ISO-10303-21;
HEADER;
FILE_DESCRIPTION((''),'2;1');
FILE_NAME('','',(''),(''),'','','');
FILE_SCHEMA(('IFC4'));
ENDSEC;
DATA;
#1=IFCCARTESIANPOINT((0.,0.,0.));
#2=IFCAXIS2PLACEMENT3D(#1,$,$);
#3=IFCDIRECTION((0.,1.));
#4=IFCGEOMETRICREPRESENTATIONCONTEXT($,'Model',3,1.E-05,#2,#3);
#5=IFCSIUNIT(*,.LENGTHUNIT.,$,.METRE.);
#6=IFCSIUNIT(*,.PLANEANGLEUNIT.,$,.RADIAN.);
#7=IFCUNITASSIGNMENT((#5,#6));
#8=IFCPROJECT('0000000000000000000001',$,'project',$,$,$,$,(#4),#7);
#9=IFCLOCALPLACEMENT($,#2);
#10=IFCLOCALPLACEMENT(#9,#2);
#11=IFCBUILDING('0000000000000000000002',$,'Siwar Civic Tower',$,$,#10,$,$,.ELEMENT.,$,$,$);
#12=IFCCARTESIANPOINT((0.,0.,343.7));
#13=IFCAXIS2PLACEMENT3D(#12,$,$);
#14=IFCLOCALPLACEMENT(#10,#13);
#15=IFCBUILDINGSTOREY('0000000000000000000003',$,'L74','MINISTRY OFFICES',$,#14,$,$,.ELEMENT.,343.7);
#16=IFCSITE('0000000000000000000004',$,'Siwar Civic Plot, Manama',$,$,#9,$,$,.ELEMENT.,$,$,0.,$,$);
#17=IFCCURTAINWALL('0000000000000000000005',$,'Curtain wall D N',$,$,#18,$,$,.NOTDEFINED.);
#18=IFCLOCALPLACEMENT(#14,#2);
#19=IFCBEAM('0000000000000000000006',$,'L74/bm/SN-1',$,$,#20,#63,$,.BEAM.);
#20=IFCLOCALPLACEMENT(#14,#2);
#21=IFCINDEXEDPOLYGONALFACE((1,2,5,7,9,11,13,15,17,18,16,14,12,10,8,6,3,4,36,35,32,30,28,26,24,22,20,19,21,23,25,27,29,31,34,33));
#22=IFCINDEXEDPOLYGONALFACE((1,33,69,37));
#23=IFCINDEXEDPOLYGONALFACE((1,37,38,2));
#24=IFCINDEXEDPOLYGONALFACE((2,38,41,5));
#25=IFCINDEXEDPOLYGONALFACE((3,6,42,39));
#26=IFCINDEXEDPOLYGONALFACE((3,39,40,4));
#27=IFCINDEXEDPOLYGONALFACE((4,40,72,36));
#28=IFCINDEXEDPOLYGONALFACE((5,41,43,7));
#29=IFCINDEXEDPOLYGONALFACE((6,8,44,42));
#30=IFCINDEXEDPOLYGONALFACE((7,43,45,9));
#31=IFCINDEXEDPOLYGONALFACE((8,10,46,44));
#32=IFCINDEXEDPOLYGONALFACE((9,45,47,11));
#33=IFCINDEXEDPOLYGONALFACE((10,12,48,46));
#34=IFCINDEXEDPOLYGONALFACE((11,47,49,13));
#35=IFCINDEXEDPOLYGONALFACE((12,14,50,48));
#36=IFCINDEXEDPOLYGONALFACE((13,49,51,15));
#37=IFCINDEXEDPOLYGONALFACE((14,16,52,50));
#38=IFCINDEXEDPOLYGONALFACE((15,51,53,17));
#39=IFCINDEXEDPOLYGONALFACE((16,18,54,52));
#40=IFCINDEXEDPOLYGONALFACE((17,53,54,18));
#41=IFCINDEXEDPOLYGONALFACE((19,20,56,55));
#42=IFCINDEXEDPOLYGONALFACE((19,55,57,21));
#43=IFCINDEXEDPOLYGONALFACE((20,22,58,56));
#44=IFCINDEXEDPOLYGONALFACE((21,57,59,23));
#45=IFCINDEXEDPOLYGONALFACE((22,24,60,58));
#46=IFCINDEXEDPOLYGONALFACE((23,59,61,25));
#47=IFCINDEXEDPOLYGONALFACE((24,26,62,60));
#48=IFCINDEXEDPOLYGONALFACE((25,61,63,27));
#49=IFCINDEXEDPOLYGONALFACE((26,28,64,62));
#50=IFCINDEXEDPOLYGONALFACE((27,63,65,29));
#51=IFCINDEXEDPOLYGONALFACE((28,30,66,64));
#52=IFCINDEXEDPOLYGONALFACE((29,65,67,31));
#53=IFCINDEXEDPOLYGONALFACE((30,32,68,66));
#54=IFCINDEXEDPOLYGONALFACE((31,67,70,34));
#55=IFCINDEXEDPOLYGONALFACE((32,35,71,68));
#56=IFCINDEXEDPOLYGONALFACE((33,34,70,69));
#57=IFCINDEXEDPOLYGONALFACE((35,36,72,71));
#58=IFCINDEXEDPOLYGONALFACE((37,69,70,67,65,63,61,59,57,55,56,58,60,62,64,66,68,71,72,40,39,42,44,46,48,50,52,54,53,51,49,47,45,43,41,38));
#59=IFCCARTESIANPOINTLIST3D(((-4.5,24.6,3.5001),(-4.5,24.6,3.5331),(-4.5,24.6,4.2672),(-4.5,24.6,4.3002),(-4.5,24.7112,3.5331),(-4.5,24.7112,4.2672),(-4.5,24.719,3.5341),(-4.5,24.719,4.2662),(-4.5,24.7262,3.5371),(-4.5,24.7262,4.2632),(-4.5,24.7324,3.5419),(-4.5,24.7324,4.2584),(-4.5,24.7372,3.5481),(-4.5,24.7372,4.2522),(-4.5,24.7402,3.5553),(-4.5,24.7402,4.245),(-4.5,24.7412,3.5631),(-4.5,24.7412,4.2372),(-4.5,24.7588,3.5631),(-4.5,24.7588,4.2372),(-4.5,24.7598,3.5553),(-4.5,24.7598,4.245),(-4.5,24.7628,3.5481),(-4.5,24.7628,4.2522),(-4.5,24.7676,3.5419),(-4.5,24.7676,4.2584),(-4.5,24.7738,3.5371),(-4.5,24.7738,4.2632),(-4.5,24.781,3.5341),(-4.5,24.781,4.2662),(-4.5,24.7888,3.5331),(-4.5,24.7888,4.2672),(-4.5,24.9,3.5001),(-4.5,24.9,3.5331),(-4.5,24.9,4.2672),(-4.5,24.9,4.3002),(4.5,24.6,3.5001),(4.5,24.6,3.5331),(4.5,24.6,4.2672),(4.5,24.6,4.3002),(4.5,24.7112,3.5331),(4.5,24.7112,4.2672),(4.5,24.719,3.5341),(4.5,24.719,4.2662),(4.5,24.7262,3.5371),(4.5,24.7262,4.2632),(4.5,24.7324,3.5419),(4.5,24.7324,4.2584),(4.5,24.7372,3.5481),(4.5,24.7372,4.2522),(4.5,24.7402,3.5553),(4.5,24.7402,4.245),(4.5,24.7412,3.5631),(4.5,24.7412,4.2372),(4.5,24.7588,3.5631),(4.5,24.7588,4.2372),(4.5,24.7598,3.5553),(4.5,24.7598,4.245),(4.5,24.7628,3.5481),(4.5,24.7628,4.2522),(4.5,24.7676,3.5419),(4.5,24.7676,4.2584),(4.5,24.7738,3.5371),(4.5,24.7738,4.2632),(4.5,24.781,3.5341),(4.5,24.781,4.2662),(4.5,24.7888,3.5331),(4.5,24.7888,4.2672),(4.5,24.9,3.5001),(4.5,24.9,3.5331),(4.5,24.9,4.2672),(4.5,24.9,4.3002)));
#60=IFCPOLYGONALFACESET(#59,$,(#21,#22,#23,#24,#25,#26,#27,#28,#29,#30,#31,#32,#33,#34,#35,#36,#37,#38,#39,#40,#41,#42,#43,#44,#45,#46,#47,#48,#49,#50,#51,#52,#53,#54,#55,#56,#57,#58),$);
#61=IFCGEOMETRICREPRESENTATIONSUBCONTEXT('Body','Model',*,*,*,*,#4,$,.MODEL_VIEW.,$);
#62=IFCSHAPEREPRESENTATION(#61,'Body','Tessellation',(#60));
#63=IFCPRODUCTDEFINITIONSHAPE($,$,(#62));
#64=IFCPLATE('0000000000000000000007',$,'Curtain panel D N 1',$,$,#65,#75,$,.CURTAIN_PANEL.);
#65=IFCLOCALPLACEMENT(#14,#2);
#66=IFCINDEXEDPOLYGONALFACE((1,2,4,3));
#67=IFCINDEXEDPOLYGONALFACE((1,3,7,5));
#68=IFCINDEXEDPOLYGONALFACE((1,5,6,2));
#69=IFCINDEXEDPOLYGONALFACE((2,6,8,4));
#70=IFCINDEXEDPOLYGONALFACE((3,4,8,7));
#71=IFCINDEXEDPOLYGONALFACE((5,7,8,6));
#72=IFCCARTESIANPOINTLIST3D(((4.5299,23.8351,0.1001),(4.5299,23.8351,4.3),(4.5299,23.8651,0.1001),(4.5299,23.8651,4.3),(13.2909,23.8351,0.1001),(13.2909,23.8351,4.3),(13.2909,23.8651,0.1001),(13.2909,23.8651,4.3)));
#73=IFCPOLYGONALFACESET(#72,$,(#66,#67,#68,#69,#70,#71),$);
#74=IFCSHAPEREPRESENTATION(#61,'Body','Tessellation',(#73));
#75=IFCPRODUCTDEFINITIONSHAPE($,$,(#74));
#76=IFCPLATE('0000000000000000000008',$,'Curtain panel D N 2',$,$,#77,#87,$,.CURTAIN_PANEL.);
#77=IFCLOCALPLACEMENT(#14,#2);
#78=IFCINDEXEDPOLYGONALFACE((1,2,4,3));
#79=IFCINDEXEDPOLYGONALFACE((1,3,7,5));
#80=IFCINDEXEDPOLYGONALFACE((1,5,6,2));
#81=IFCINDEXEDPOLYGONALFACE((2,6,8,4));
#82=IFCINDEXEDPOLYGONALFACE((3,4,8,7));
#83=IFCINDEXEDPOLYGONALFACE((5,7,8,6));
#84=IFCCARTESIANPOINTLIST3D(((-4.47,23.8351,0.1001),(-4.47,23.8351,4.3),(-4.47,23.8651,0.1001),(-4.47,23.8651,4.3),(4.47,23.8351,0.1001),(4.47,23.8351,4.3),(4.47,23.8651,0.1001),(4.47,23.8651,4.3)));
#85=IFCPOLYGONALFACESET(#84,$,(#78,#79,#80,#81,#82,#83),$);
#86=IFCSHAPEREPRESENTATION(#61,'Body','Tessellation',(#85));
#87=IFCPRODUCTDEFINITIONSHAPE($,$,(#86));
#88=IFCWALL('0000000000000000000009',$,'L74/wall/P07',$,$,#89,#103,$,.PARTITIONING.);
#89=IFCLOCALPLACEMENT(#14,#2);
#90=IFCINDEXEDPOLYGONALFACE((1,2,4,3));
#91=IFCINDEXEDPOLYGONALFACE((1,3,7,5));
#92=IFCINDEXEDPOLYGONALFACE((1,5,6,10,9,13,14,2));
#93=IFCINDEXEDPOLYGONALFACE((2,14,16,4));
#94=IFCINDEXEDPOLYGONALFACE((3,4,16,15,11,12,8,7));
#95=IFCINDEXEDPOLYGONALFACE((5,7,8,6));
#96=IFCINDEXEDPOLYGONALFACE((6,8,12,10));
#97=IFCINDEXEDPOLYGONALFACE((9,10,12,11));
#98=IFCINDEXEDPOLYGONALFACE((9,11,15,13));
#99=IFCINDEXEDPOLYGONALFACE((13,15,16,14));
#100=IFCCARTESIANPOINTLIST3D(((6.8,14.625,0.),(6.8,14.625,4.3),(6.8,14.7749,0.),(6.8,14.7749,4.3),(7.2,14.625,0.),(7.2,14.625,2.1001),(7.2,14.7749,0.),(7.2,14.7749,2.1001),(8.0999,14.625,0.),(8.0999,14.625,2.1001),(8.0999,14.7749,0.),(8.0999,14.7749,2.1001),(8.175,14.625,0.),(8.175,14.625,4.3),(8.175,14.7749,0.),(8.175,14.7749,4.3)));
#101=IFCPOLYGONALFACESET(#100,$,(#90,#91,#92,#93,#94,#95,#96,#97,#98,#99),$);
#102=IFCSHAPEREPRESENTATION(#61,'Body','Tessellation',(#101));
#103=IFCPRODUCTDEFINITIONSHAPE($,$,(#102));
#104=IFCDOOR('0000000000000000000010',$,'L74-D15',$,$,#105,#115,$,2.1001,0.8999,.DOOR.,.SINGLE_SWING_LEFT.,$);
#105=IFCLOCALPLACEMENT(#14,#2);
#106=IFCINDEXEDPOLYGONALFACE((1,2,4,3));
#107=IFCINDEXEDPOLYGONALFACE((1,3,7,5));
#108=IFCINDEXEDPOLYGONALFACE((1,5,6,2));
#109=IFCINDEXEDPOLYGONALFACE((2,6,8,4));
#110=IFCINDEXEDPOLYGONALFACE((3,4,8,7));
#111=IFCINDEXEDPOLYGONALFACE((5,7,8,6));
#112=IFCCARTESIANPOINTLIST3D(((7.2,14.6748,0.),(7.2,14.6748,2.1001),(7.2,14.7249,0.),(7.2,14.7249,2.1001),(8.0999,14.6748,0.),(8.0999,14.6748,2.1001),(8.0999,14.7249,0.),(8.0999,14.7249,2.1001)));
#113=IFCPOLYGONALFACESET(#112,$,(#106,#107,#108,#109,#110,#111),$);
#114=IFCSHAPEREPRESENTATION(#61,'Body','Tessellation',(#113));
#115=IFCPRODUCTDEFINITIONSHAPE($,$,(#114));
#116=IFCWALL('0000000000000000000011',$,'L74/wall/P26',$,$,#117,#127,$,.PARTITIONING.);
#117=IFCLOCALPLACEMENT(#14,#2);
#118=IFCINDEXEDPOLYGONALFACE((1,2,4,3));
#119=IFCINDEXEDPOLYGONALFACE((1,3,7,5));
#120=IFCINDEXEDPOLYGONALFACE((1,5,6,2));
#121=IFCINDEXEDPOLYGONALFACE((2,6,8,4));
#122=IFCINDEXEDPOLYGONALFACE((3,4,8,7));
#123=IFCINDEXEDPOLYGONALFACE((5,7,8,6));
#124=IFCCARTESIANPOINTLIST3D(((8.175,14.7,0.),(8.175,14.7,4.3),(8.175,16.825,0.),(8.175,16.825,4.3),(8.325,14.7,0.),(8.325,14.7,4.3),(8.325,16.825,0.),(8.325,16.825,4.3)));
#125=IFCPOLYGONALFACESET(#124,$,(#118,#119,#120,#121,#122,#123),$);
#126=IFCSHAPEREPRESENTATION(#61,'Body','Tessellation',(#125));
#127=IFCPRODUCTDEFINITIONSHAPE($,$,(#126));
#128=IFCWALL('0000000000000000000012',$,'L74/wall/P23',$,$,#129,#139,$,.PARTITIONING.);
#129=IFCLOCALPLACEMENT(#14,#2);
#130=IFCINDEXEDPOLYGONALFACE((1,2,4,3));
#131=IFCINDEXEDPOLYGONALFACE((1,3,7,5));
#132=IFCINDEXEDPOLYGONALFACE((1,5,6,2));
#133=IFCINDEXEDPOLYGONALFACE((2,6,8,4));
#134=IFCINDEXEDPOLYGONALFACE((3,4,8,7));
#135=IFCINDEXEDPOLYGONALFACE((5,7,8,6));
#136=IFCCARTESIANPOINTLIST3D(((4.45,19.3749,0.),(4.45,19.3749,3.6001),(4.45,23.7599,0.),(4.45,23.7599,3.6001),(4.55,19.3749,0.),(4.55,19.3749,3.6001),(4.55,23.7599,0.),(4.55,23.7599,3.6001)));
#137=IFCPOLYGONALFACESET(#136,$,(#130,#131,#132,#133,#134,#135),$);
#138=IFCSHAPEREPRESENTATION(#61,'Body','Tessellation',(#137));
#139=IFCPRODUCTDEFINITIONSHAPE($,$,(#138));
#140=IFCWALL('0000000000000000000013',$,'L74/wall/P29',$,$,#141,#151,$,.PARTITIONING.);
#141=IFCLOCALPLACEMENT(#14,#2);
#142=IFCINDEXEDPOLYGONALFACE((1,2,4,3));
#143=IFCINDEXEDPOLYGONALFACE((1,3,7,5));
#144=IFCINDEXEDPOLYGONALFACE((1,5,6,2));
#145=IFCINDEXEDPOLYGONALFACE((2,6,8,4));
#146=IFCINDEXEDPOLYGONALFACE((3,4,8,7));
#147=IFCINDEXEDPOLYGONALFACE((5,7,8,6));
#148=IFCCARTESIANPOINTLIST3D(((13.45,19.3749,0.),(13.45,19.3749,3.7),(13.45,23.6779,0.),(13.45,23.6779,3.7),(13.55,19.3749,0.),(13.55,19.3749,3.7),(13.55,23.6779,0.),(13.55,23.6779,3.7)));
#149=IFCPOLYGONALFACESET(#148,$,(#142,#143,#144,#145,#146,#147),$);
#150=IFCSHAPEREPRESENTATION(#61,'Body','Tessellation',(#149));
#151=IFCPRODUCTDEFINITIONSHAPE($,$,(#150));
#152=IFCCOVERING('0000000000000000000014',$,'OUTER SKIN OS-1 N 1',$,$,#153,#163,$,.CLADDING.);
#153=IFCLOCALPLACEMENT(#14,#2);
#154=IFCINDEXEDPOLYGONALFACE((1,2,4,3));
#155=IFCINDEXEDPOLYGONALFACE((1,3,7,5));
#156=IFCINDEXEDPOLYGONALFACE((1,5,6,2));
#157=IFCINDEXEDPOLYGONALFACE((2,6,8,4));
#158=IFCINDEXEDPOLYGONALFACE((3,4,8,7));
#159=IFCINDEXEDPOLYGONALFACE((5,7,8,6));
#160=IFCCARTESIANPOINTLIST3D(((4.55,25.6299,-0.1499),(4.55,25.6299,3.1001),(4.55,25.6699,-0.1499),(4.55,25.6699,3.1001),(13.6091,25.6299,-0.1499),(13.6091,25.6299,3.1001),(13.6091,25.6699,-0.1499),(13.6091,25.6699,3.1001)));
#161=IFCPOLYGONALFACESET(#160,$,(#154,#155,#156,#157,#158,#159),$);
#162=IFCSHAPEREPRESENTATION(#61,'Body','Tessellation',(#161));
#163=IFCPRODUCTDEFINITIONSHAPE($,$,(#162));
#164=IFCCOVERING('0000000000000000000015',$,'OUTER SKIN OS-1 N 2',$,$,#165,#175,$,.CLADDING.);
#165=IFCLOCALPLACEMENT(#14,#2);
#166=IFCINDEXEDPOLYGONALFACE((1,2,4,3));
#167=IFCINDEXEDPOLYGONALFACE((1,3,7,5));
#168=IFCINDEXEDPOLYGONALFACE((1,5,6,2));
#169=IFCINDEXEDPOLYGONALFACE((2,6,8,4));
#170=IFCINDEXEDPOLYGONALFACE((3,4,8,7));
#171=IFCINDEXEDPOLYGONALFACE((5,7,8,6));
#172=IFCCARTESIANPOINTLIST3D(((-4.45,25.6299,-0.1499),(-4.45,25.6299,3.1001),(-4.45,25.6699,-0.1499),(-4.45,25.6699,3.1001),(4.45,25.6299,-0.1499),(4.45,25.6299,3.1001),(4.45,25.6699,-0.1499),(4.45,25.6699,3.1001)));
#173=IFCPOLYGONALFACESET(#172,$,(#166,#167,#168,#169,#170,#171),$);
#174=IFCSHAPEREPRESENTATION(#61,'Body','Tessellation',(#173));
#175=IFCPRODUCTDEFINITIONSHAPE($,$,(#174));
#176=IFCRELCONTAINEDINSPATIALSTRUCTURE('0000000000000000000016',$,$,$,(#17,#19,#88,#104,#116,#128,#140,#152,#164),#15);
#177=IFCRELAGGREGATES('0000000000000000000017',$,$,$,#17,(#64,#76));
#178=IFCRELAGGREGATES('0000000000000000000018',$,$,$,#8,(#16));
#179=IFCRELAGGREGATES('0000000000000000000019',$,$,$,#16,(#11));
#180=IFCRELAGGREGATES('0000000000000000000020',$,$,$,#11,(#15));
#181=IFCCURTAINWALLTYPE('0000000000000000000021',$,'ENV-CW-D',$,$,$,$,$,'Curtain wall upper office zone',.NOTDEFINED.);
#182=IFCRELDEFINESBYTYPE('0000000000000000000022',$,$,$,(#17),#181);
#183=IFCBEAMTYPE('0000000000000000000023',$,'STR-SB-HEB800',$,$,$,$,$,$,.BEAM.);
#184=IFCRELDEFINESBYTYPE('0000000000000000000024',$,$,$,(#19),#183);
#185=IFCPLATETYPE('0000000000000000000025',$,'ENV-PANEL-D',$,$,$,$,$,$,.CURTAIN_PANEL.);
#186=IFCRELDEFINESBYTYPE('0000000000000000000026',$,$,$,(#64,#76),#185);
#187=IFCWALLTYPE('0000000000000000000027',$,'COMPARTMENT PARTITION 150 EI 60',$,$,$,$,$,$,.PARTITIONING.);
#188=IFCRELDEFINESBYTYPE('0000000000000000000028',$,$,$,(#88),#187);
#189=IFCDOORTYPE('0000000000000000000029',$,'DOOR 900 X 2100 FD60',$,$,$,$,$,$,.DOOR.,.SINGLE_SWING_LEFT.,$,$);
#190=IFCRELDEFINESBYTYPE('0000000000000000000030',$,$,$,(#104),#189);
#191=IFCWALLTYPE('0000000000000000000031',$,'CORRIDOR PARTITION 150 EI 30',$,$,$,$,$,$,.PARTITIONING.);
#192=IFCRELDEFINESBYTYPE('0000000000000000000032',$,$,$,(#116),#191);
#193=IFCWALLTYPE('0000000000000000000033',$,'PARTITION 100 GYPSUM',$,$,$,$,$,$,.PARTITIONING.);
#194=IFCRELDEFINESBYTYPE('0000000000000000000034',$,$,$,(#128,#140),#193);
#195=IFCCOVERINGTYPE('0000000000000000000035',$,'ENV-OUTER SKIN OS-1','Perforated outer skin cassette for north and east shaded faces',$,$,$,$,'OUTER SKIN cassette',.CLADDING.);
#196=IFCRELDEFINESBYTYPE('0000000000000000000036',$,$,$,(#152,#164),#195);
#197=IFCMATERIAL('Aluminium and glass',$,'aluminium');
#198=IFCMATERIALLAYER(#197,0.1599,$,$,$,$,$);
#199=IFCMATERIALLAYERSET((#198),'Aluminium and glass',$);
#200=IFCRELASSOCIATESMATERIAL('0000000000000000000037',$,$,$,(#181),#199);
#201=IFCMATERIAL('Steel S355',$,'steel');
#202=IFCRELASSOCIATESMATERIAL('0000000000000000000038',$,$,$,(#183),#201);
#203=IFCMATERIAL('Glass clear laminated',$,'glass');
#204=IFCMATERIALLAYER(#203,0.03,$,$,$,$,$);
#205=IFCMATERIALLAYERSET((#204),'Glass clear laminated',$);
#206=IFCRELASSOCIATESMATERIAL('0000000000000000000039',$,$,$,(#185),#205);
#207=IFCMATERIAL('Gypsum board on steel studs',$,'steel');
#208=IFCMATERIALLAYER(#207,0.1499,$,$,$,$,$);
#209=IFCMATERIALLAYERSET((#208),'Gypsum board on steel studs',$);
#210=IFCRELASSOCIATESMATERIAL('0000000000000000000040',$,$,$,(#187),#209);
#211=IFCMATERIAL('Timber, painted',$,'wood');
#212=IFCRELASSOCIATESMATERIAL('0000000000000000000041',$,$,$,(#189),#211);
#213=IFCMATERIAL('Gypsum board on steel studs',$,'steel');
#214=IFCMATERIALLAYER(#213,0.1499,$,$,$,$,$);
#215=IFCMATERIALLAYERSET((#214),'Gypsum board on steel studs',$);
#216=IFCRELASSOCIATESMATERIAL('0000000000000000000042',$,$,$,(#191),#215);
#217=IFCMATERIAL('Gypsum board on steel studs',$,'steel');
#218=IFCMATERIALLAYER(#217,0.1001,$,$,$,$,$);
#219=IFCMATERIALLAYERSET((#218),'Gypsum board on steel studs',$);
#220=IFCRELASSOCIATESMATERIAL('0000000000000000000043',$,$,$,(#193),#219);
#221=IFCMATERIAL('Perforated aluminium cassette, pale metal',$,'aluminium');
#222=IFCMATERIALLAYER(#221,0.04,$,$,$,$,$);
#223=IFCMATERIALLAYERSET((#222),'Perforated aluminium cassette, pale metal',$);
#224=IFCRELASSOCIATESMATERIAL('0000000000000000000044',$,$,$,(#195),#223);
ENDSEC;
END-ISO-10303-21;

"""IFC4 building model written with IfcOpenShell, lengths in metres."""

from ifc_helpers import new_model, si_unit, direction, frame, frame_2d, origin, origin_2d, place, context, subcontext, project, spatial, rectangle, i_section, extrude, material, layer, layer_set, material_profile, profile_set, type_object, element, fill, aggregate, save


model = new_model("IFC4")

# Units and contexts
model_context = context("Model", 3, precision=1e-05, world=origin(), true_north=direction((0.0, 1.0)))
body_context = subcontext(model_context, "Body", "Model", "MODEL_VIEW")
ifc_project = project(units=[si_unit("LENGTHUNIT", "METRE"), si_unit("PLANEANGLEUNIT", "RADIAN")], contexts=[model_context])

# Site, building, storey
site_placement = place(None, origin())
site = spatial("IfcSite", under=ifc_project, at=site_placement, Name="Siwar Civic Plot, Manama", CompositionType="ELEMENT", RefElevation=0.0)
building_placement = place(site_placement, origin())
building = spatial("IfcBuilding", under=site, at=building_placement, Name="Siwar Civic Tower", CompositionType="ELEMENT")
storey_placement = place(building_placement, frame((0.0, 0.0, 343.7)))
storey = spatial("IfcBuildingStorey", under=building, at=storey_placement, Name="L74", Description="MINISTRY OFFICES", CompositionType="ELEMENT", Elevation=343.7)

# Curtain wall
ifc_material_1 = material(Name="Aluminium and glass", Category="aluminium")
ifc_layer_1 = layer(ifc_material_1, 0.1599)
ifc_layer_set_1 = layer_set([ifc_layer_1], Name="Aluminium and glass")
curtain_wall_type = type_object("IfcCurtainWallType", Name="ENV-CW-D", ElementType="Curtain wall upper office zone", PredefinedType="NOTDEFINED", material=ifc_layer_set_1)
curtain_wall_placement = place(storey_placement, origin())
curtain_wall = element("IfcCurtainWall", 1, at=curtain_wall_placement, inside=storey, type_object=curtain_wall_type, Name="Curtain wall D N", PredefinedType="NOTDEFINED")

# Beam
ifc_material_2 = material(Name="Steel S355", Category="steel")
ifc_material_profile_1 = material_profile(ifc_material_2, i_section(OverallWidth=0.3, OverallDepth=0.8, WebThickness=0.0176, FlangeThickness=0.033, FilletRadius=0.03, at=origin_2d()), Name="HEB800")
ifc_profile_set_1 = profile_set([ifc_material_profile_1], Name="Steel S355")
beam_type_1 = type_object("IfcBeamType", Name="STR-SB-HEB800", PredefinedType="BEAM", material=ifc_profile_set_1)
for number, where, z_axis, x_axis, name in (
    (2, (4.5, 24.75, 3.9001), (-1.0, 0.0, 0.0), (0.0, -1.0, 0.0), "L74/bm/SN-1"),
):
    element("IfcBeam", number, at=place(storey_placement, frame(where, z_axis=z_axis, x_axis=x_axis)), inside=storey, type_object=beam_type_1, Name=name, PredefinedType="BEAM", context=body_context, shape_type="SweptSolid", body=[
        extrude(i_section(OverallWidth=0.3, OverallDepth=0.8, WebThickness=0.0176, FlangeThickness=0.033, FilletRadius=0.03, at=origin_2d()), origin(), (0.0, 0.0, 1.0), 9.0),
    ])

# Plates
ifc_material_3 = material(Name="Glass clear laminated", Category="glass")
ifc_layer_2 = layer(ifc_material_3, 0.03)
ifc_layer_set_2 = layer_set([ifc_layer_2], Name="Glass clear laminated")
plate_type = type_object("IfcPlateType", Name="ENV-PANEL-D", PredefinedType="CURTAIN_PANEL", material=ifc_layer_set_2)
plate_1_placement = place(storey_placement, frame((8.9104, 23.8501, 0.1001), z_axis=(0.0, 0.0, 1.0), x_axis=(-1.0, 0.0, 0.0)))
plate_1 = element("IfcPlate", 3, at=plate_1_placement, type_object=plate_type, Name="Curtain panel D N 1", PredefinedType="CURTAIN_PANEL", context=body_context, shape_type="SweptSolid", body=[
    extrude(rectangle(XDim=8.761, YDim=0.03, at=origin_2d()), origin(), (0.0, 0.0, 1.0), 4.2),
])
plate_2_placement = place(storey_placement, frame((0.0, 23.8501, 0.1001), z_axis=(0.0, 0.0, 1.0), x_axis=(-1.0, 0.0, 0.0)))
plate_2 = element("IfcPlate", 4, at=plate_2_placement, type_object=plate_type, Name="Curtain panel D N 2", PredefinedType="CURTAIN_PANEL", context=body_context, shape_type="SweptSolid", body=[
    extrude(rectangle(XDim=8.9399, YDim=0.03, at=origin_2d()), origin(), (0.0, 0.0, 1.0), 4.2),
])
aggregate(curtain_wall, [plate_1, plate_2])

# Wall, opening, door
ifc_material_4 = material(Name="Gypsum board on steel studs", Category="steel")
ifc_layer_3 = layer(ifc_material_4, 0.1499)
ifc_layer_set_3 = layer_set([ifc_layer_3], Name="Gypsum board on steel studs")
wall_type_1 = type_object("IfcWallType", Name="COMPARTMENT PARTITION 150 EI 60", PredefinedType="PARTITIONING", material=ifc_layer_set_3)
wall_1_placement = place(storey_placement, frame((6.8, 14.7, 0.0), z_axis=(0.0, 0.0, 1.0), x_axis=(1.0, 0.0, 0.0)))
wall_1 = element("IfcWall", 5, at=wall_1_placement, inside=storey, type_object=wall_type_1, Name="L74/wall/P07", PredefinedType="PARTITIONING", context=body_context, shape_type="SweptSolid", body=[
    extrude(rectangle(XDim=1.375, YDim=0.1499, at=frame_2d((0.6875, 0.0))), origin(), (0.0, 0.0, 1.0), 4.3),
])
opening_placement = place(wall_1_placement, frame((0.3999, 0.0, 0.0)))
opening = element("IfcOpeningElement", 6, at=opening_placement, cuts=wall_1, PredefinedType="OPENING", context=body_context, shape_type="SweptSolid", body=[
    extrude(rectangle(XDim=0.8999, YDim=2.1001, at=frame_2d((0.45, 1.05))), frame((0.0, 0.085, 0.0), z_axis=(0.0, -1.0, 0.0), x_axis=(1.0, 0.0, 0.0)), (0.0, 0.0, 1.0), 0.1699),
])
ifc_material_5 = material(Name="Timber, painted", Category="wood")
door_type = type_object("IfcDoorType", Name="DOOR 900 X 2100 FD60", OperationType="SINGLE_SWING_LEFT", PredefinedType="DOOR", material=ifc_material_5)
door_placement = place(opening_placement, origin())
door = element("IfcDoor", 7, at=door_placement, inside=storey, type_object=door_type, Name="L74-D15", OperationType="SINGLE_SWING_LEFT", OverallHeight=2.1001, OverallWidth=0.8999, PredefinedType="DOOR", context=body_context, shape_type="SweptSolid", body=[
    extrude(rectangle(XDim=0.8999, YDim=2.1001, at=frame_2d((0.45, 1.05))), frame((0.0, 0.0249, 0.0), z_axis=(0.0, -1.0, 0.0), x_axis=(1.0, 0.0, 0.0)), (0.0, 0.0, 1.0), 0.05),
])
fill(opening, door)

# Walls
ifc_material_6 = material(Name="Gypsum board on steel studs", Category="steel")
ifc_layer_4 = layer(ifc_material_6, 0.1499)
ifc_layer_set_4 = layer_set([ifc_layer_4], Name="Gypsum board on steel studs")
wall_type_2 = type_object("IfcWallType", Name="CORRIDOR PARTITION 150 EI 30", PredefinedType="PARTITIONING", material=ifc_layer_set_4)
wall_2_placement = place(storey_placement, frame((8.25, 14.7, 0.0), z_axis=(0.0, 0.0, 1.0), x_axis=(0.0, 1.0, 0.0)))
element("IfcWall", 8, at=wall_2_placement, inside=storey, type_object=wall_type_2, Name="L74/wall/P26", PredefinedType="PARTITIONING", context=body_context, shape_type="SweptSolid", body=[
    extrude(rectangle(XDim=2.125, YDim=0.1499, at=frame_2d((1.0625, 0.0))), origin(), (0.0, 0.0, 1.0), 4.3),
])
ifc_material_7 = material(Name="Gypsum board on steel studs", Category="steel")
ifc_layer_5 = layer(ifc_material_7, 0.1001)
ifc_layer_set_5 = layer_set([ifc_layer_5], Name="Gypsum board on steel studs")
wall_type_3 = type_object("IfcWallType", Name="PARTITION 100 GYPSUM", PredefinedType="PARTITIONING", material=ifc_layer_set_5)
wall_3_placement = place(storey_placement, frame((4.5, 19.375, 0.0), z_axis=(0.0, 0.0, 1.0), x_axis=(0.0, 1.0, 0.0)))
element("IfcWall", 9, at=wall_3_placement, inside=storey, type_object=wall_type_3, Name="L74/wall/P23", PredefinedType="PARTITIONING", context=body_context, shape_type="SweptSolid", body=[
    extrude(rectangle(XDim=4.385, YDim=0.1001, at=frame_2d((2.1924, 0.0))), origin(), (0.0, 0.0, 1.0), 3.6001),
])
wall_4_placement = place(storey_placement, frame((13.5, 19.375, 0.0), z_axis=(0.0, 0.0, 1.0), x_axis=(0.0, 1.0, 0.0)))
element("IfcWall", 10, at=wall_4_placement, inside=storey, type_object=wall_type_3, Name="L74/wall/P29", PredefinedType="PARTITIONING", context=body_context, shape_type="SweptSolid", body=[
    extrude(rectangle(XDim=4.303, YDim=0.1001, at=frame_2d((2.1514, 0.0))), origin(), (0.0, 0.0, 1.0), 3.7),
])

# Coverings
ifc_material_8 = material(Name="Perforated aluminium cassette, pale metal", Category="aluminium")
ifc_layer_6 = layer(ifc_material_8, 0.04)
ifc_layer_set_6 = layer_set([ifc_layer_6], Name="Perforated aluminium cassette, pale metal")
covering_type = type_object("IfcCoveringType", Name="ENV-OUTER SKIN OS-1", Description="Perforated outer skin cassette for north and east shaded faces", ElementType="OUTER SKIN cassette", PredefinedType="CLADDING", material=ifc_layer_set_6)
covering_1_placement = place(storey_placement, frame((9.0796, 25.6499, -0.1499), z_axis=(0.0, 0.0, 1.0), x_axis=(-1.0, 0.0, 0.0)))
element("IfcCovering", 11, at=covering_1_placement, inside=storey, type_object=covering_type, Name="OUTER SKIN OS-1 N 1", PredefinedType="CLADDING", context=body_context, shape_type="SweptSolid", body=[
    extrude(rectangle(XDim=9.0591, YDim=0.04, at=origin_2d()), origin(), (0.0, 0.0, 1.0), 3.25),
])
covering_2_placement = place(storey_placement, frame((0.0, 25.6499, -0.1499), z_axis=(0.0, 0.0, 1.0), x_axis=(-1.0, 0.0, 0.0)))
element("IfcCovering", 12, at=covering_2_placement, inside=storey, type_object=covering_type, Name="OUTER SKIN OS-1 N 2", PredefinedType="CLADDING", context=body_context, shape_type="SweptSolid", body=[
    extrude(rectangle(XDim=8.8999, YDim=0.04, at=origin_2d()), origin(), (0.0, 0.0, 1.0), 3.25),
])

save(model, "model.ifc")
